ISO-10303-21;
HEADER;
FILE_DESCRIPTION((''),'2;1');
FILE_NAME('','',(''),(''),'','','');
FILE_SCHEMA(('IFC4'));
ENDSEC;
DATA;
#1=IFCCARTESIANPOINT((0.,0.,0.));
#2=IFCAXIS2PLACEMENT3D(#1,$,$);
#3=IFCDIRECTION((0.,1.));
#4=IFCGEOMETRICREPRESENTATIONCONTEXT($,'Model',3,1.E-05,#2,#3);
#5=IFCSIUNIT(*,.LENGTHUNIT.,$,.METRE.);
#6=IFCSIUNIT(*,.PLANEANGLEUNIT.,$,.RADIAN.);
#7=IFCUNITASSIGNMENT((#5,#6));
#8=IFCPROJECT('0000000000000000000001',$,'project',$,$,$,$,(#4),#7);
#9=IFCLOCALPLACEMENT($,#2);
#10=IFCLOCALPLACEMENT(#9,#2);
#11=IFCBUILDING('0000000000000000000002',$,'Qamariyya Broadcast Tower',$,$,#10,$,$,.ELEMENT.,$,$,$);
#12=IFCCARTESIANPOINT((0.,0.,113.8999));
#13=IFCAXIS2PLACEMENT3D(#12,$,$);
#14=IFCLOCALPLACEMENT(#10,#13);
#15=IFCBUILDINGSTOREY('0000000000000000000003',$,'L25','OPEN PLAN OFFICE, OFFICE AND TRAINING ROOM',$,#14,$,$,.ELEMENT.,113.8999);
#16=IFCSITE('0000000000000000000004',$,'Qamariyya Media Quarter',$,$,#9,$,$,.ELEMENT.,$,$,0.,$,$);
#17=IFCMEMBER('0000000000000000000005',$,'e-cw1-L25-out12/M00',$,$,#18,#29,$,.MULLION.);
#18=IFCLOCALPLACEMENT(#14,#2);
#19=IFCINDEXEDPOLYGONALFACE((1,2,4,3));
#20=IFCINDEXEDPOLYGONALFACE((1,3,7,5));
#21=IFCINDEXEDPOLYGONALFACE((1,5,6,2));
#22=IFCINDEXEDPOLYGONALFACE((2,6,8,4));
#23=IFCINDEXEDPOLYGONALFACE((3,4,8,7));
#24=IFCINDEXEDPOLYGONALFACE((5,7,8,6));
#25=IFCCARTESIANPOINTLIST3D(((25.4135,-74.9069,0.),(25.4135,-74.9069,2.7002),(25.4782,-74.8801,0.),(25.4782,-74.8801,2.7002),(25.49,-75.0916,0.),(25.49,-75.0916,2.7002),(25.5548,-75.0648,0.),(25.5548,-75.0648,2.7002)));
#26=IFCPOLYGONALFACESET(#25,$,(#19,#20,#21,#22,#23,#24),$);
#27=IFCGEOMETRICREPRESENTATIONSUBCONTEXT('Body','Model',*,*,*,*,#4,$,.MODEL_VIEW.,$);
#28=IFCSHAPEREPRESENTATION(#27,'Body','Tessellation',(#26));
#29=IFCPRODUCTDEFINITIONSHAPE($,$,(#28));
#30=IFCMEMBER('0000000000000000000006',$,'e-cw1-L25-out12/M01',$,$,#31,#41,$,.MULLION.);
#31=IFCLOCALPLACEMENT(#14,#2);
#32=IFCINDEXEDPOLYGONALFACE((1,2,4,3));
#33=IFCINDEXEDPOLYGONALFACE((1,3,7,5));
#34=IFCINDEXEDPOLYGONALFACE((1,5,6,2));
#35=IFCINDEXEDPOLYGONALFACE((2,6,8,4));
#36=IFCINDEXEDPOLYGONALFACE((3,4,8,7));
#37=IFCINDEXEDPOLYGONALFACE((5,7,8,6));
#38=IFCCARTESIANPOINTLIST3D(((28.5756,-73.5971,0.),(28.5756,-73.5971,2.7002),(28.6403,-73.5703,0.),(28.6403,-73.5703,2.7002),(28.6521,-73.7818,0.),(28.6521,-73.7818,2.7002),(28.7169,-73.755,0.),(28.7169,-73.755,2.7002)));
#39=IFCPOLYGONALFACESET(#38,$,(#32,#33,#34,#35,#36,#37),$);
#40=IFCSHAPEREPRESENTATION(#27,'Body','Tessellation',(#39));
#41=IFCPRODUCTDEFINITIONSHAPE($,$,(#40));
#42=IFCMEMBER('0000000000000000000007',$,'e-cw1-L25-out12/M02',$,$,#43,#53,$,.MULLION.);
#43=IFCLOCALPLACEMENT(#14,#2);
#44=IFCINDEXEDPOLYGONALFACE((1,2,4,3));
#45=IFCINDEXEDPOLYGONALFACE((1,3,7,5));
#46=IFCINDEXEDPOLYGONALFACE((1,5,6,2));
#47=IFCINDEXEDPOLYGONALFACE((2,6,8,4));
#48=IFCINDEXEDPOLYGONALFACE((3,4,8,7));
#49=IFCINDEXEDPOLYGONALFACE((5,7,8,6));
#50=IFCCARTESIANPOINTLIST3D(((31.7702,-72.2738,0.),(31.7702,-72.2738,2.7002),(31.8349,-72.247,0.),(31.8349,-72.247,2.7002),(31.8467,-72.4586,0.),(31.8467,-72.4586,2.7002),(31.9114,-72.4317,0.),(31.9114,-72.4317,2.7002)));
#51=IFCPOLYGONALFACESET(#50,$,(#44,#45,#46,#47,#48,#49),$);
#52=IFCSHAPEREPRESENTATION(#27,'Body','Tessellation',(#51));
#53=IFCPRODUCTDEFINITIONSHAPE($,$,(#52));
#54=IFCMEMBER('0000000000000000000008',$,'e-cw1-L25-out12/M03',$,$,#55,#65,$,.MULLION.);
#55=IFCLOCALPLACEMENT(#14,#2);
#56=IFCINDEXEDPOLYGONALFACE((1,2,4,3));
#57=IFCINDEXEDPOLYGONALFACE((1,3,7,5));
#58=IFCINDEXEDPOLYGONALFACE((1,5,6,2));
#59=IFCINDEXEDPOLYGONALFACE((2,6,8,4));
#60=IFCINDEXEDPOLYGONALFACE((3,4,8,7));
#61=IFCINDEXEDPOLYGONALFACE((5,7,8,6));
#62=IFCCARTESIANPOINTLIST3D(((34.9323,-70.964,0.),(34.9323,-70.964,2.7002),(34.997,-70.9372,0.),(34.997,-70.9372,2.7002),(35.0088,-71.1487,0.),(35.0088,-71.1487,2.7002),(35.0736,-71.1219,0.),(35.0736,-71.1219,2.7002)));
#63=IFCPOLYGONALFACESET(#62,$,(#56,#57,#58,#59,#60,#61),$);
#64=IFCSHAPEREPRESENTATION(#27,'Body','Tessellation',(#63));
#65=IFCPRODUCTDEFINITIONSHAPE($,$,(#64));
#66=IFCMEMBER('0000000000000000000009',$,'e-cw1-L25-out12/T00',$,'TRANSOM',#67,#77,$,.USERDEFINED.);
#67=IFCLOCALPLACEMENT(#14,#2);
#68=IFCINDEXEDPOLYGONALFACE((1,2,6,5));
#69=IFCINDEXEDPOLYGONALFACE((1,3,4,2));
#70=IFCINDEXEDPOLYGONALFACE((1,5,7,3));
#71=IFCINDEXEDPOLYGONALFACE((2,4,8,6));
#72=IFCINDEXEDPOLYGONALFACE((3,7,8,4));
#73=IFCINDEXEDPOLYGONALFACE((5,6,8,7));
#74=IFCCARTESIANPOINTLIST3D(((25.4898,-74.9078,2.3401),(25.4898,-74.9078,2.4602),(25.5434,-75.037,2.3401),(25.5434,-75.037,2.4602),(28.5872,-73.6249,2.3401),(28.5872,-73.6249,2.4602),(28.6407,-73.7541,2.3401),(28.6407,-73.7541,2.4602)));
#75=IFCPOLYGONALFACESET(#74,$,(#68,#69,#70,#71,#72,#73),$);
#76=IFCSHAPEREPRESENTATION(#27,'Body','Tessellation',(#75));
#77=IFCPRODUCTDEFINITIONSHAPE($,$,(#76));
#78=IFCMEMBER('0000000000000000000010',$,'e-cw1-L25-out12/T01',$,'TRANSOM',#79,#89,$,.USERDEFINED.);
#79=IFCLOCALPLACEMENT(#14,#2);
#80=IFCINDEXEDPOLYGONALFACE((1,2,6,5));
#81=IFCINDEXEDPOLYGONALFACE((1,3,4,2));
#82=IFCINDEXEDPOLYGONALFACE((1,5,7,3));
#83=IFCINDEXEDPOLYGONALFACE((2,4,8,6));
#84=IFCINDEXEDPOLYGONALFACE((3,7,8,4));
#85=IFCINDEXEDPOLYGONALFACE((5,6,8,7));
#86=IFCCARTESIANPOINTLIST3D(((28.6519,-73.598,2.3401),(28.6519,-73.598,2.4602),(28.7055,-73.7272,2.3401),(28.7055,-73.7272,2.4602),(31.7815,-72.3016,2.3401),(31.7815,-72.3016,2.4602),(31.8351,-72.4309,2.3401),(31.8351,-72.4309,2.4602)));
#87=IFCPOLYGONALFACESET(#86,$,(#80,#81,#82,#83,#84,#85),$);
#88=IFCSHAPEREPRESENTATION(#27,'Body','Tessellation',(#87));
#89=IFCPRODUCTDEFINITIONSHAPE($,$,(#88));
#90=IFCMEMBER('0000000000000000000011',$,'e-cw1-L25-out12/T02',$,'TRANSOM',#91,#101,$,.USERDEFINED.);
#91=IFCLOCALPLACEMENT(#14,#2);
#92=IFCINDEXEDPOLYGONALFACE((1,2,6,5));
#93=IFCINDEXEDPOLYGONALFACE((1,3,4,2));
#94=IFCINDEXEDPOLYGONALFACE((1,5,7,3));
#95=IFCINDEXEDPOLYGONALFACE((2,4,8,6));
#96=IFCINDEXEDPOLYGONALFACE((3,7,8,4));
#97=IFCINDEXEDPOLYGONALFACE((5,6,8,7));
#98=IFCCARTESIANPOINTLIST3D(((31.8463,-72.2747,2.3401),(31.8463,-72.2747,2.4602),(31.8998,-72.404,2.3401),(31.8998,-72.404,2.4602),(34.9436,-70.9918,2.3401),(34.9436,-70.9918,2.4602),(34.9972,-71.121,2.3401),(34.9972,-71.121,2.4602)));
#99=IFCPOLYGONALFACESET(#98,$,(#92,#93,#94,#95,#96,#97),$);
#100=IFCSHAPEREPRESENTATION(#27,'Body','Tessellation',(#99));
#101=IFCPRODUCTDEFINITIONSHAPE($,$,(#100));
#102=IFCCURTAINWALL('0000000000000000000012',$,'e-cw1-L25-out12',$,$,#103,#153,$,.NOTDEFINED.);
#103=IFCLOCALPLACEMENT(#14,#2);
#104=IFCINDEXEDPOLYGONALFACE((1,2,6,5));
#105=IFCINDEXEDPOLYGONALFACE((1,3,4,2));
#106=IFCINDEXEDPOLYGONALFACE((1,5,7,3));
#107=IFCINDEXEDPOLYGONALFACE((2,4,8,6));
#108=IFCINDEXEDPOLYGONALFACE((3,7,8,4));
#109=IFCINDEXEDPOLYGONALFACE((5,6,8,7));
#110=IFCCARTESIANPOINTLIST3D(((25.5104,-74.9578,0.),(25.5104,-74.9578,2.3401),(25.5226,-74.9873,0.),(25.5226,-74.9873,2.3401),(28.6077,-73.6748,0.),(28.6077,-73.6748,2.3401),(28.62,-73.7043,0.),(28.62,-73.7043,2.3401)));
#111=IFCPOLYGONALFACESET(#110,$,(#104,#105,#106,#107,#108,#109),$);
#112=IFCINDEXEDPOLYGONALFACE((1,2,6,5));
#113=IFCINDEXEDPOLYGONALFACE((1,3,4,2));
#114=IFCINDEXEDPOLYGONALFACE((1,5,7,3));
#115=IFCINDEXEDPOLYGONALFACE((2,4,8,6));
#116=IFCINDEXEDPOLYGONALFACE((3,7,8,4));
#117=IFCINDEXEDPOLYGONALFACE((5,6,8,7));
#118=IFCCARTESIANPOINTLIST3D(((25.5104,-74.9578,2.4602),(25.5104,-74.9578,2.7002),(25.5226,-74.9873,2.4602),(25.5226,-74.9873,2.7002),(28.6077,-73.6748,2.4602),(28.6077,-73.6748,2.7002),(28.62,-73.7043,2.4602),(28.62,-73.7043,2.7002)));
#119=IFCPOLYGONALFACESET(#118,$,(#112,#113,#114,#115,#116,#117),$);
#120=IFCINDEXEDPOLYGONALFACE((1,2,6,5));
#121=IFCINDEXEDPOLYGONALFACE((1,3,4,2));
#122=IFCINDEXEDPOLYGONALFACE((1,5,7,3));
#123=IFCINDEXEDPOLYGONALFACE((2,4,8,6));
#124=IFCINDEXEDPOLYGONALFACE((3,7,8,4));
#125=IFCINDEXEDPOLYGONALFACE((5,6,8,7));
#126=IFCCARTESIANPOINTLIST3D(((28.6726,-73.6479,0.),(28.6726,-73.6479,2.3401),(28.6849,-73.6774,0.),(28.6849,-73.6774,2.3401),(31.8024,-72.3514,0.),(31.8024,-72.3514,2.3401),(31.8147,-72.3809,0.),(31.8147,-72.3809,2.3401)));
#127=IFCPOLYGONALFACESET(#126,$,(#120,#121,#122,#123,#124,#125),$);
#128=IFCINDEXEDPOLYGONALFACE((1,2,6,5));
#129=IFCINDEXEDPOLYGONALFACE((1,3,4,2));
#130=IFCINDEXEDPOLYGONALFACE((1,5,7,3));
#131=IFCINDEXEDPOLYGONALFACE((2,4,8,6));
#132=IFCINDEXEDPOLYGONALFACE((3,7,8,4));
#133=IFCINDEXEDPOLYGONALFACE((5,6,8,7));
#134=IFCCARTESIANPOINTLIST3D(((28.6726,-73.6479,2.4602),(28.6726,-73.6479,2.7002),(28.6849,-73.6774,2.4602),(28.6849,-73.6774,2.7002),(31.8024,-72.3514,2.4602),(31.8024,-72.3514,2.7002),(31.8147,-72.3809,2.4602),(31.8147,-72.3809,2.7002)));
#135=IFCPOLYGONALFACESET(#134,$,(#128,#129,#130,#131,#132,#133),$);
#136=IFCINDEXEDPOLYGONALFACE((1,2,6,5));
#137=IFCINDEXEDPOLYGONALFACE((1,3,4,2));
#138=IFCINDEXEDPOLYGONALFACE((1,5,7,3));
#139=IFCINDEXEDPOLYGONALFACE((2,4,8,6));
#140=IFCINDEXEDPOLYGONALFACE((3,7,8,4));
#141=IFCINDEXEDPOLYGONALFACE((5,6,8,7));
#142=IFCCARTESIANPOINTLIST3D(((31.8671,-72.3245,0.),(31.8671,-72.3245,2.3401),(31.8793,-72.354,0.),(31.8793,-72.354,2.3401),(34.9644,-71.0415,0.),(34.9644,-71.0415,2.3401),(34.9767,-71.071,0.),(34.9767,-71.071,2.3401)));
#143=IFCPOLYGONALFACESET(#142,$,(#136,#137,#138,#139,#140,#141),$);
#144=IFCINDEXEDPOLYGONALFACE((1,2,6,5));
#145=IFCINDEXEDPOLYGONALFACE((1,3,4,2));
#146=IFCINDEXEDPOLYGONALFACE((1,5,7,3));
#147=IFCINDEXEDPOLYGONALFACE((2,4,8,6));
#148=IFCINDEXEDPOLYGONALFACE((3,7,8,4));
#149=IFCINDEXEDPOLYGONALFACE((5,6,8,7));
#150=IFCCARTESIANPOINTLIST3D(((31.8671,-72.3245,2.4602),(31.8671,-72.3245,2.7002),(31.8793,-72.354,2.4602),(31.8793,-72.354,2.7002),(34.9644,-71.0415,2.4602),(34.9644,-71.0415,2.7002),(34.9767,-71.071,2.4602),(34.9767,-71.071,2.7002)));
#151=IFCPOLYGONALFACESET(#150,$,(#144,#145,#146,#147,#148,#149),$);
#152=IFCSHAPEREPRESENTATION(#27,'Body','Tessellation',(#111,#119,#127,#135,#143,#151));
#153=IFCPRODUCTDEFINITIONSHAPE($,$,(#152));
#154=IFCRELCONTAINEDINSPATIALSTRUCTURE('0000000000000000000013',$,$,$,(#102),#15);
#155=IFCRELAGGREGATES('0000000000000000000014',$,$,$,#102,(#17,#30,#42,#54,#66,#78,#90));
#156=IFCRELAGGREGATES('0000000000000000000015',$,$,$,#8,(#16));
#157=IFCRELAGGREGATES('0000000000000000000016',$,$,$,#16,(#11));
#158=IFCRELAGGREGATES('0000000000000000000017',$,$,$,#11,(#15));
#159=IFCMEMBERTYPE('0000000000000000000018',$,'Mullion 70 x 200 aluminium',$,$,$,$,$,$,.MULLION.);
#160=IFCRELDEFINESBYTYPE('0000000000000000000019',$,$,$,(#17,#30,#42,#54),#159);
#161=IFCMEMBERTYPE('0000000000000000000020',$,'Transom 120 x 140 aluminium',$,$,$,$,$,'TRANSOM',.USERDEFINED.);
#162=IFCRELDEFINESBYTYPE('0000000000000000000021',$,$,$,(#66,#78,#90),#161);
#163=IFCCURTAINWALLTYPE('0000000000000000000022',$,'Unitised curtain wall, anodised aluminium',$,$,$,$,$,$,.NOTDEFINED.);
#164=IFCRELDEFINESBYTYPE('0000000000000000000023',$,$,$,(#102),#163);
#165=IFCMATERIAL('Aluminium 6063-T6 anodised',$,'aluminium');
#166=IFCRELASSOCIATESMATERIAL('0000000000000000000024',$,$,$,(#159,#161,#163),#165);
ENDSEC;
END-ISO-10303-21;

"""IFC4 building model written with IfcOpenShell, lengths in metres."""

from ifc_helpers import new_model, si_unit, direction, frame, origin, origin_2d, place, context, subcontext, project, spatial, rectangle, extrude, material, material_profile, profile_set, type_object, element, aggregate, save


model = new_model("IFC4")

# Units and contexts
model_context = context("Model", 3, precision=1e-05, world=origin(), true_north=direction((0.0, 1.0)))
body_context = subcontext(model_context, "Body", "Model", "MODEL_VIEW")
ifc_project = project(units=[si_unit("LENGTHUNIT", "METRE"), si_unit("PLANEANGLEUNIT", "RADIAN")], contexts=[model_context])

# Members
ifc_material = material(Name="Aluminium 6063-T6 anodised", Category="aluminium")
ifc_material_profile_1 = material_profile(ifc_material, rectangle(XDim=0.2, YDim=0.0701, at=origin_2d()))
ifc_profile_set_1 = profile_set([ifc_material_profile_1], Name="Aluminium 6063-T6 anodised")
member_type_1 = type_object("IfcMemberType", Name="Mullion 70 x 200 aluminium", PredefinedType="MULLION", material=ifc_profile_set_1)
site_placement = place(None, origin())
building_placement = place(site_placement, origin())
storey_placement = place(building_placement, frame((0.0, 0.0, 113.8999)))
member_1_placement = place(storey_placement, frame((25.4841, -74.9858, 0.0), z_axis=(0.0, 0.0, 1.0), x_axis=(-0.382683, 0.92388, 0.0)))
member_1 = element("IfcMember", 1, at=member_1_placement, type_object=member_type_1, Name="e-cw1-L25-out12/M00", PredefinedType="MULLION", context=body_context, shape_type="SweptSolid", body=[
    extrude(rectangle(XDim=0.2, YDim=0.0701, at=origin_2d()), origin(), (0.0, 0.0, 1.0), 2.7002),
])
member_2_placement = place(storey_placement, frame((28.6462, -73.676, 0.0), z_axis=(0.0, 0.0, 1.0), x_axis=(-0.382683, 0.92388, 0.0)))
member_2 = element("IfcMember", 2, at=member_2_placement, type_object=member_type_1, Name="e-cw1-L25-out12/M01", PredefinedType="MULLION", context=body_context, shape_type="SweptSolid", body=[
    extrude(rectangle(XDim=0.2, YDim=0.0701, at=origin_2d()), origin(), (0.0, 0.0, 1.0), 2.7002),
])
member_3_placement = place(storey_placement, frame((31.8408, -72.3528, 0.0), z_axis=(0.0, 0.0, 1.0), x_axis=(-0.382683, 0.92388, 0.0)))
member_3 = element("IfcMember", 3, at=member_3_placement, type_object=member_type_1, Name="e-cw1-L25-out12/M02", PredefinedType="MULLION", context=body_context, shape_type="SweptSolid", body=[
    extrude(rectangle(XDim=0.2, YDim=0.0701, at=origin_2d()), origin(), (0.0, 0.0, 1.0), 2.7002),
])
member_4_placement = place(storey_placement, frame((35.0029, -71.043, 0.0), z_axis=(0.0, 0.0, 1.0), x_axis=(-0.382683, 0.92388, 0.0)))
member_4 = element("IfcMember", 4, at=member_4_placement, type_object=member_type_1, Name="e-cw1-L25-out12/M03", PredefinedType="MULLION", context=body_context, shape_type="SweptSolid", body=[
    extrude(rectangle(XDim=0.2, YDim=0.0701, at=origin_2d()), origin(), (0.0, 0.0, 1.0), 2.7002),
])
ifc_material_profile_2 = material_profile(ifc_material, rectangle(XDim=0.1399, YDim=0.1201, at=origin_2d()))
ifc_profile_set_2 = profile_set([ifc_material_profile_2], Name="Aluminium 6063-T6 anodised")
member_type_2 = type_object("IfcMemberType", Name="Transom 120 x 140 aluminium", ElementType="TRANSOM", PredefinedType="USERDEFINED", material=ifc_profile_set_2)
member_5_placement = place(storey_placement, frame((25.5166, -74.9724, 2.4001), z_axis=(0.923883, 0.382676, 0.0), x_axis=(-0.382676, 0.923883, 0.0)))
member_5 = element("IfcMember", 5, at=member_5_placement, type_object=member_type_2, Name="e-cw1-L25-out12/T00", ObjectType="TRANSOM", PredefinedType="USERDEFINED", context=body_context, shape_type="SweptSolid", body=[
    extrude(rectangle(XDim=0.1399, YDim=0.1201, at=origin_2d()), origin(), (0.0, 0.0, 1.0), 3.3525),
])
member_6_placement = place(storey_placement, frame((28.6787, -73.6626, 2.4001), z_axis=(0.923875, 0.382696, 0.0), x_axis=(-0.382696, 0.923875, 0.0)))
member_6 = element("IfcMember", 6, at=member_6_placement, type_object=member_type_2, Name="e-cw1-L25-out12/T01", ObjectType="TRANSOM", PredefinedType="USERDEFINED", context=body_context, shape_type="SweptSolid", body=[
    extrude(rectangle(XDim=0.1399, YDim=0.1201, at=origin_2d()), origin(), (0.0, 0.0, 1.0), 3.3875),
])
member_7_placement = place(storey_placement, frame((31.873, -72.3394, 2.4001), z_axis=(0.923883, 0.382676, 0.0), x_axis=(-0.382676, 0.923883, 0.0)))
member_7 = element("IfcMember", 7, at=member_7_placement, type_object=member_type_2, Name="e-cw1-L25-out12/T02", ObjectType="TRANSOM", PredefinedType="USERDEFINED", context=body_context, shape_type="SweptSolid", body=[
    extrude(rectangle(XDim=0.1399, YDim=0.1201, at=origin_2d()), origin(), (0.0, 0.0, 1.0), 3.3525),
])

# Site, building, storey
site = spatial("IfcSite", under=ifc_project, at=site_placement, Name="Qamariyya Media Quarter", CompositionType="ELEMENT", RefElevation=0.0)
building = spatial("IfcBuilding", under=site, at=building_placement, Name="Qamariyya Broadcast Tower", CompositionType="ELEMENT")
storey = spatial("IfcBuildingStorey", under=building, at=storey_placement, Name="L25", Description="OPEN PLAN OFFICE, OFFICE AND TRAINING ROOM", CompositionType="ELEMENT", Elevation=113.8999)

# Curtain wall
curtain_wall_type = type_object("IfcCurtainWallType", Name="Unitised curtain wall, anodised aluminium", PredefinedType="NOTDEFINED", material=ifc_material)
curtain_wall_1_placement = place(storey_placement, origin())
curtain_wall_1 = element("IfcCurtainWall", 8, at=curtain_wall_1_placement, inside=storey, type_object=curtain_wall_type, Name="e-cw1-L25-out12", PredefinedType="NOTDEFINED", context=body_context, shape_type="SweptSolid", body=[
    extrude(rectangle(XDim=3.3525, YDim=0.032, at=origin_2d()), frame((27.0652, -74.3311, 0.0), x_axis=(0.923872, 0.382701, 0.0)), (0.0, 0.0, 1.0), 2.3401),
    extrude(rectangle(XDim=3.3525, YDim=0.032, at=origin_2d()), frame((27.0652, -74.3311, 2.4602), x_axis=(0.923872, 0.382701, 0.0)), (0.0, 0.0, 1.0), 0.24),
    extrude(rectangle(XDim=3.3877, YDim=0.032, at=origin_2d()), frame((30.2437, -73.0144, 0.0), x_axis=(0.923872, 0.382701, 0.0)), (0.0, 0.0, 1.0), 2.3401),
    extrude(rectangle(XDim=3.3877, YDim=0.032, at=origin_2d()), frame((30.2437, -73.0144, 2.4602), x_axis=(0.923872, 0.382701, 0.0)), (0.0, 0.0, 1.0), 0.24),
    extrude(rectangle(XDim=3.3525, YDim=0.032, at=origin_2d()), frame((33.4219, -71.6978, 0.0), x_axis=(0.923872, 0.382701, 0.0)), (0.0, 0.0, 1.0), 2.3401),
    extrude(rectangle(XDim=3.3525, YDim=0.032, at=origin_2d()), frame((33.4219, -71.6978, 2.4602), x_axis=(0.923872, 0.382701, 0.0)), (0.0, 0.0, 1.0), 0.24),
])
aggregate(curtain_wall_1, [member_1, member_2, member_3, member_4, member_5, member_6, member_7])

save(model, "model.ifc")
